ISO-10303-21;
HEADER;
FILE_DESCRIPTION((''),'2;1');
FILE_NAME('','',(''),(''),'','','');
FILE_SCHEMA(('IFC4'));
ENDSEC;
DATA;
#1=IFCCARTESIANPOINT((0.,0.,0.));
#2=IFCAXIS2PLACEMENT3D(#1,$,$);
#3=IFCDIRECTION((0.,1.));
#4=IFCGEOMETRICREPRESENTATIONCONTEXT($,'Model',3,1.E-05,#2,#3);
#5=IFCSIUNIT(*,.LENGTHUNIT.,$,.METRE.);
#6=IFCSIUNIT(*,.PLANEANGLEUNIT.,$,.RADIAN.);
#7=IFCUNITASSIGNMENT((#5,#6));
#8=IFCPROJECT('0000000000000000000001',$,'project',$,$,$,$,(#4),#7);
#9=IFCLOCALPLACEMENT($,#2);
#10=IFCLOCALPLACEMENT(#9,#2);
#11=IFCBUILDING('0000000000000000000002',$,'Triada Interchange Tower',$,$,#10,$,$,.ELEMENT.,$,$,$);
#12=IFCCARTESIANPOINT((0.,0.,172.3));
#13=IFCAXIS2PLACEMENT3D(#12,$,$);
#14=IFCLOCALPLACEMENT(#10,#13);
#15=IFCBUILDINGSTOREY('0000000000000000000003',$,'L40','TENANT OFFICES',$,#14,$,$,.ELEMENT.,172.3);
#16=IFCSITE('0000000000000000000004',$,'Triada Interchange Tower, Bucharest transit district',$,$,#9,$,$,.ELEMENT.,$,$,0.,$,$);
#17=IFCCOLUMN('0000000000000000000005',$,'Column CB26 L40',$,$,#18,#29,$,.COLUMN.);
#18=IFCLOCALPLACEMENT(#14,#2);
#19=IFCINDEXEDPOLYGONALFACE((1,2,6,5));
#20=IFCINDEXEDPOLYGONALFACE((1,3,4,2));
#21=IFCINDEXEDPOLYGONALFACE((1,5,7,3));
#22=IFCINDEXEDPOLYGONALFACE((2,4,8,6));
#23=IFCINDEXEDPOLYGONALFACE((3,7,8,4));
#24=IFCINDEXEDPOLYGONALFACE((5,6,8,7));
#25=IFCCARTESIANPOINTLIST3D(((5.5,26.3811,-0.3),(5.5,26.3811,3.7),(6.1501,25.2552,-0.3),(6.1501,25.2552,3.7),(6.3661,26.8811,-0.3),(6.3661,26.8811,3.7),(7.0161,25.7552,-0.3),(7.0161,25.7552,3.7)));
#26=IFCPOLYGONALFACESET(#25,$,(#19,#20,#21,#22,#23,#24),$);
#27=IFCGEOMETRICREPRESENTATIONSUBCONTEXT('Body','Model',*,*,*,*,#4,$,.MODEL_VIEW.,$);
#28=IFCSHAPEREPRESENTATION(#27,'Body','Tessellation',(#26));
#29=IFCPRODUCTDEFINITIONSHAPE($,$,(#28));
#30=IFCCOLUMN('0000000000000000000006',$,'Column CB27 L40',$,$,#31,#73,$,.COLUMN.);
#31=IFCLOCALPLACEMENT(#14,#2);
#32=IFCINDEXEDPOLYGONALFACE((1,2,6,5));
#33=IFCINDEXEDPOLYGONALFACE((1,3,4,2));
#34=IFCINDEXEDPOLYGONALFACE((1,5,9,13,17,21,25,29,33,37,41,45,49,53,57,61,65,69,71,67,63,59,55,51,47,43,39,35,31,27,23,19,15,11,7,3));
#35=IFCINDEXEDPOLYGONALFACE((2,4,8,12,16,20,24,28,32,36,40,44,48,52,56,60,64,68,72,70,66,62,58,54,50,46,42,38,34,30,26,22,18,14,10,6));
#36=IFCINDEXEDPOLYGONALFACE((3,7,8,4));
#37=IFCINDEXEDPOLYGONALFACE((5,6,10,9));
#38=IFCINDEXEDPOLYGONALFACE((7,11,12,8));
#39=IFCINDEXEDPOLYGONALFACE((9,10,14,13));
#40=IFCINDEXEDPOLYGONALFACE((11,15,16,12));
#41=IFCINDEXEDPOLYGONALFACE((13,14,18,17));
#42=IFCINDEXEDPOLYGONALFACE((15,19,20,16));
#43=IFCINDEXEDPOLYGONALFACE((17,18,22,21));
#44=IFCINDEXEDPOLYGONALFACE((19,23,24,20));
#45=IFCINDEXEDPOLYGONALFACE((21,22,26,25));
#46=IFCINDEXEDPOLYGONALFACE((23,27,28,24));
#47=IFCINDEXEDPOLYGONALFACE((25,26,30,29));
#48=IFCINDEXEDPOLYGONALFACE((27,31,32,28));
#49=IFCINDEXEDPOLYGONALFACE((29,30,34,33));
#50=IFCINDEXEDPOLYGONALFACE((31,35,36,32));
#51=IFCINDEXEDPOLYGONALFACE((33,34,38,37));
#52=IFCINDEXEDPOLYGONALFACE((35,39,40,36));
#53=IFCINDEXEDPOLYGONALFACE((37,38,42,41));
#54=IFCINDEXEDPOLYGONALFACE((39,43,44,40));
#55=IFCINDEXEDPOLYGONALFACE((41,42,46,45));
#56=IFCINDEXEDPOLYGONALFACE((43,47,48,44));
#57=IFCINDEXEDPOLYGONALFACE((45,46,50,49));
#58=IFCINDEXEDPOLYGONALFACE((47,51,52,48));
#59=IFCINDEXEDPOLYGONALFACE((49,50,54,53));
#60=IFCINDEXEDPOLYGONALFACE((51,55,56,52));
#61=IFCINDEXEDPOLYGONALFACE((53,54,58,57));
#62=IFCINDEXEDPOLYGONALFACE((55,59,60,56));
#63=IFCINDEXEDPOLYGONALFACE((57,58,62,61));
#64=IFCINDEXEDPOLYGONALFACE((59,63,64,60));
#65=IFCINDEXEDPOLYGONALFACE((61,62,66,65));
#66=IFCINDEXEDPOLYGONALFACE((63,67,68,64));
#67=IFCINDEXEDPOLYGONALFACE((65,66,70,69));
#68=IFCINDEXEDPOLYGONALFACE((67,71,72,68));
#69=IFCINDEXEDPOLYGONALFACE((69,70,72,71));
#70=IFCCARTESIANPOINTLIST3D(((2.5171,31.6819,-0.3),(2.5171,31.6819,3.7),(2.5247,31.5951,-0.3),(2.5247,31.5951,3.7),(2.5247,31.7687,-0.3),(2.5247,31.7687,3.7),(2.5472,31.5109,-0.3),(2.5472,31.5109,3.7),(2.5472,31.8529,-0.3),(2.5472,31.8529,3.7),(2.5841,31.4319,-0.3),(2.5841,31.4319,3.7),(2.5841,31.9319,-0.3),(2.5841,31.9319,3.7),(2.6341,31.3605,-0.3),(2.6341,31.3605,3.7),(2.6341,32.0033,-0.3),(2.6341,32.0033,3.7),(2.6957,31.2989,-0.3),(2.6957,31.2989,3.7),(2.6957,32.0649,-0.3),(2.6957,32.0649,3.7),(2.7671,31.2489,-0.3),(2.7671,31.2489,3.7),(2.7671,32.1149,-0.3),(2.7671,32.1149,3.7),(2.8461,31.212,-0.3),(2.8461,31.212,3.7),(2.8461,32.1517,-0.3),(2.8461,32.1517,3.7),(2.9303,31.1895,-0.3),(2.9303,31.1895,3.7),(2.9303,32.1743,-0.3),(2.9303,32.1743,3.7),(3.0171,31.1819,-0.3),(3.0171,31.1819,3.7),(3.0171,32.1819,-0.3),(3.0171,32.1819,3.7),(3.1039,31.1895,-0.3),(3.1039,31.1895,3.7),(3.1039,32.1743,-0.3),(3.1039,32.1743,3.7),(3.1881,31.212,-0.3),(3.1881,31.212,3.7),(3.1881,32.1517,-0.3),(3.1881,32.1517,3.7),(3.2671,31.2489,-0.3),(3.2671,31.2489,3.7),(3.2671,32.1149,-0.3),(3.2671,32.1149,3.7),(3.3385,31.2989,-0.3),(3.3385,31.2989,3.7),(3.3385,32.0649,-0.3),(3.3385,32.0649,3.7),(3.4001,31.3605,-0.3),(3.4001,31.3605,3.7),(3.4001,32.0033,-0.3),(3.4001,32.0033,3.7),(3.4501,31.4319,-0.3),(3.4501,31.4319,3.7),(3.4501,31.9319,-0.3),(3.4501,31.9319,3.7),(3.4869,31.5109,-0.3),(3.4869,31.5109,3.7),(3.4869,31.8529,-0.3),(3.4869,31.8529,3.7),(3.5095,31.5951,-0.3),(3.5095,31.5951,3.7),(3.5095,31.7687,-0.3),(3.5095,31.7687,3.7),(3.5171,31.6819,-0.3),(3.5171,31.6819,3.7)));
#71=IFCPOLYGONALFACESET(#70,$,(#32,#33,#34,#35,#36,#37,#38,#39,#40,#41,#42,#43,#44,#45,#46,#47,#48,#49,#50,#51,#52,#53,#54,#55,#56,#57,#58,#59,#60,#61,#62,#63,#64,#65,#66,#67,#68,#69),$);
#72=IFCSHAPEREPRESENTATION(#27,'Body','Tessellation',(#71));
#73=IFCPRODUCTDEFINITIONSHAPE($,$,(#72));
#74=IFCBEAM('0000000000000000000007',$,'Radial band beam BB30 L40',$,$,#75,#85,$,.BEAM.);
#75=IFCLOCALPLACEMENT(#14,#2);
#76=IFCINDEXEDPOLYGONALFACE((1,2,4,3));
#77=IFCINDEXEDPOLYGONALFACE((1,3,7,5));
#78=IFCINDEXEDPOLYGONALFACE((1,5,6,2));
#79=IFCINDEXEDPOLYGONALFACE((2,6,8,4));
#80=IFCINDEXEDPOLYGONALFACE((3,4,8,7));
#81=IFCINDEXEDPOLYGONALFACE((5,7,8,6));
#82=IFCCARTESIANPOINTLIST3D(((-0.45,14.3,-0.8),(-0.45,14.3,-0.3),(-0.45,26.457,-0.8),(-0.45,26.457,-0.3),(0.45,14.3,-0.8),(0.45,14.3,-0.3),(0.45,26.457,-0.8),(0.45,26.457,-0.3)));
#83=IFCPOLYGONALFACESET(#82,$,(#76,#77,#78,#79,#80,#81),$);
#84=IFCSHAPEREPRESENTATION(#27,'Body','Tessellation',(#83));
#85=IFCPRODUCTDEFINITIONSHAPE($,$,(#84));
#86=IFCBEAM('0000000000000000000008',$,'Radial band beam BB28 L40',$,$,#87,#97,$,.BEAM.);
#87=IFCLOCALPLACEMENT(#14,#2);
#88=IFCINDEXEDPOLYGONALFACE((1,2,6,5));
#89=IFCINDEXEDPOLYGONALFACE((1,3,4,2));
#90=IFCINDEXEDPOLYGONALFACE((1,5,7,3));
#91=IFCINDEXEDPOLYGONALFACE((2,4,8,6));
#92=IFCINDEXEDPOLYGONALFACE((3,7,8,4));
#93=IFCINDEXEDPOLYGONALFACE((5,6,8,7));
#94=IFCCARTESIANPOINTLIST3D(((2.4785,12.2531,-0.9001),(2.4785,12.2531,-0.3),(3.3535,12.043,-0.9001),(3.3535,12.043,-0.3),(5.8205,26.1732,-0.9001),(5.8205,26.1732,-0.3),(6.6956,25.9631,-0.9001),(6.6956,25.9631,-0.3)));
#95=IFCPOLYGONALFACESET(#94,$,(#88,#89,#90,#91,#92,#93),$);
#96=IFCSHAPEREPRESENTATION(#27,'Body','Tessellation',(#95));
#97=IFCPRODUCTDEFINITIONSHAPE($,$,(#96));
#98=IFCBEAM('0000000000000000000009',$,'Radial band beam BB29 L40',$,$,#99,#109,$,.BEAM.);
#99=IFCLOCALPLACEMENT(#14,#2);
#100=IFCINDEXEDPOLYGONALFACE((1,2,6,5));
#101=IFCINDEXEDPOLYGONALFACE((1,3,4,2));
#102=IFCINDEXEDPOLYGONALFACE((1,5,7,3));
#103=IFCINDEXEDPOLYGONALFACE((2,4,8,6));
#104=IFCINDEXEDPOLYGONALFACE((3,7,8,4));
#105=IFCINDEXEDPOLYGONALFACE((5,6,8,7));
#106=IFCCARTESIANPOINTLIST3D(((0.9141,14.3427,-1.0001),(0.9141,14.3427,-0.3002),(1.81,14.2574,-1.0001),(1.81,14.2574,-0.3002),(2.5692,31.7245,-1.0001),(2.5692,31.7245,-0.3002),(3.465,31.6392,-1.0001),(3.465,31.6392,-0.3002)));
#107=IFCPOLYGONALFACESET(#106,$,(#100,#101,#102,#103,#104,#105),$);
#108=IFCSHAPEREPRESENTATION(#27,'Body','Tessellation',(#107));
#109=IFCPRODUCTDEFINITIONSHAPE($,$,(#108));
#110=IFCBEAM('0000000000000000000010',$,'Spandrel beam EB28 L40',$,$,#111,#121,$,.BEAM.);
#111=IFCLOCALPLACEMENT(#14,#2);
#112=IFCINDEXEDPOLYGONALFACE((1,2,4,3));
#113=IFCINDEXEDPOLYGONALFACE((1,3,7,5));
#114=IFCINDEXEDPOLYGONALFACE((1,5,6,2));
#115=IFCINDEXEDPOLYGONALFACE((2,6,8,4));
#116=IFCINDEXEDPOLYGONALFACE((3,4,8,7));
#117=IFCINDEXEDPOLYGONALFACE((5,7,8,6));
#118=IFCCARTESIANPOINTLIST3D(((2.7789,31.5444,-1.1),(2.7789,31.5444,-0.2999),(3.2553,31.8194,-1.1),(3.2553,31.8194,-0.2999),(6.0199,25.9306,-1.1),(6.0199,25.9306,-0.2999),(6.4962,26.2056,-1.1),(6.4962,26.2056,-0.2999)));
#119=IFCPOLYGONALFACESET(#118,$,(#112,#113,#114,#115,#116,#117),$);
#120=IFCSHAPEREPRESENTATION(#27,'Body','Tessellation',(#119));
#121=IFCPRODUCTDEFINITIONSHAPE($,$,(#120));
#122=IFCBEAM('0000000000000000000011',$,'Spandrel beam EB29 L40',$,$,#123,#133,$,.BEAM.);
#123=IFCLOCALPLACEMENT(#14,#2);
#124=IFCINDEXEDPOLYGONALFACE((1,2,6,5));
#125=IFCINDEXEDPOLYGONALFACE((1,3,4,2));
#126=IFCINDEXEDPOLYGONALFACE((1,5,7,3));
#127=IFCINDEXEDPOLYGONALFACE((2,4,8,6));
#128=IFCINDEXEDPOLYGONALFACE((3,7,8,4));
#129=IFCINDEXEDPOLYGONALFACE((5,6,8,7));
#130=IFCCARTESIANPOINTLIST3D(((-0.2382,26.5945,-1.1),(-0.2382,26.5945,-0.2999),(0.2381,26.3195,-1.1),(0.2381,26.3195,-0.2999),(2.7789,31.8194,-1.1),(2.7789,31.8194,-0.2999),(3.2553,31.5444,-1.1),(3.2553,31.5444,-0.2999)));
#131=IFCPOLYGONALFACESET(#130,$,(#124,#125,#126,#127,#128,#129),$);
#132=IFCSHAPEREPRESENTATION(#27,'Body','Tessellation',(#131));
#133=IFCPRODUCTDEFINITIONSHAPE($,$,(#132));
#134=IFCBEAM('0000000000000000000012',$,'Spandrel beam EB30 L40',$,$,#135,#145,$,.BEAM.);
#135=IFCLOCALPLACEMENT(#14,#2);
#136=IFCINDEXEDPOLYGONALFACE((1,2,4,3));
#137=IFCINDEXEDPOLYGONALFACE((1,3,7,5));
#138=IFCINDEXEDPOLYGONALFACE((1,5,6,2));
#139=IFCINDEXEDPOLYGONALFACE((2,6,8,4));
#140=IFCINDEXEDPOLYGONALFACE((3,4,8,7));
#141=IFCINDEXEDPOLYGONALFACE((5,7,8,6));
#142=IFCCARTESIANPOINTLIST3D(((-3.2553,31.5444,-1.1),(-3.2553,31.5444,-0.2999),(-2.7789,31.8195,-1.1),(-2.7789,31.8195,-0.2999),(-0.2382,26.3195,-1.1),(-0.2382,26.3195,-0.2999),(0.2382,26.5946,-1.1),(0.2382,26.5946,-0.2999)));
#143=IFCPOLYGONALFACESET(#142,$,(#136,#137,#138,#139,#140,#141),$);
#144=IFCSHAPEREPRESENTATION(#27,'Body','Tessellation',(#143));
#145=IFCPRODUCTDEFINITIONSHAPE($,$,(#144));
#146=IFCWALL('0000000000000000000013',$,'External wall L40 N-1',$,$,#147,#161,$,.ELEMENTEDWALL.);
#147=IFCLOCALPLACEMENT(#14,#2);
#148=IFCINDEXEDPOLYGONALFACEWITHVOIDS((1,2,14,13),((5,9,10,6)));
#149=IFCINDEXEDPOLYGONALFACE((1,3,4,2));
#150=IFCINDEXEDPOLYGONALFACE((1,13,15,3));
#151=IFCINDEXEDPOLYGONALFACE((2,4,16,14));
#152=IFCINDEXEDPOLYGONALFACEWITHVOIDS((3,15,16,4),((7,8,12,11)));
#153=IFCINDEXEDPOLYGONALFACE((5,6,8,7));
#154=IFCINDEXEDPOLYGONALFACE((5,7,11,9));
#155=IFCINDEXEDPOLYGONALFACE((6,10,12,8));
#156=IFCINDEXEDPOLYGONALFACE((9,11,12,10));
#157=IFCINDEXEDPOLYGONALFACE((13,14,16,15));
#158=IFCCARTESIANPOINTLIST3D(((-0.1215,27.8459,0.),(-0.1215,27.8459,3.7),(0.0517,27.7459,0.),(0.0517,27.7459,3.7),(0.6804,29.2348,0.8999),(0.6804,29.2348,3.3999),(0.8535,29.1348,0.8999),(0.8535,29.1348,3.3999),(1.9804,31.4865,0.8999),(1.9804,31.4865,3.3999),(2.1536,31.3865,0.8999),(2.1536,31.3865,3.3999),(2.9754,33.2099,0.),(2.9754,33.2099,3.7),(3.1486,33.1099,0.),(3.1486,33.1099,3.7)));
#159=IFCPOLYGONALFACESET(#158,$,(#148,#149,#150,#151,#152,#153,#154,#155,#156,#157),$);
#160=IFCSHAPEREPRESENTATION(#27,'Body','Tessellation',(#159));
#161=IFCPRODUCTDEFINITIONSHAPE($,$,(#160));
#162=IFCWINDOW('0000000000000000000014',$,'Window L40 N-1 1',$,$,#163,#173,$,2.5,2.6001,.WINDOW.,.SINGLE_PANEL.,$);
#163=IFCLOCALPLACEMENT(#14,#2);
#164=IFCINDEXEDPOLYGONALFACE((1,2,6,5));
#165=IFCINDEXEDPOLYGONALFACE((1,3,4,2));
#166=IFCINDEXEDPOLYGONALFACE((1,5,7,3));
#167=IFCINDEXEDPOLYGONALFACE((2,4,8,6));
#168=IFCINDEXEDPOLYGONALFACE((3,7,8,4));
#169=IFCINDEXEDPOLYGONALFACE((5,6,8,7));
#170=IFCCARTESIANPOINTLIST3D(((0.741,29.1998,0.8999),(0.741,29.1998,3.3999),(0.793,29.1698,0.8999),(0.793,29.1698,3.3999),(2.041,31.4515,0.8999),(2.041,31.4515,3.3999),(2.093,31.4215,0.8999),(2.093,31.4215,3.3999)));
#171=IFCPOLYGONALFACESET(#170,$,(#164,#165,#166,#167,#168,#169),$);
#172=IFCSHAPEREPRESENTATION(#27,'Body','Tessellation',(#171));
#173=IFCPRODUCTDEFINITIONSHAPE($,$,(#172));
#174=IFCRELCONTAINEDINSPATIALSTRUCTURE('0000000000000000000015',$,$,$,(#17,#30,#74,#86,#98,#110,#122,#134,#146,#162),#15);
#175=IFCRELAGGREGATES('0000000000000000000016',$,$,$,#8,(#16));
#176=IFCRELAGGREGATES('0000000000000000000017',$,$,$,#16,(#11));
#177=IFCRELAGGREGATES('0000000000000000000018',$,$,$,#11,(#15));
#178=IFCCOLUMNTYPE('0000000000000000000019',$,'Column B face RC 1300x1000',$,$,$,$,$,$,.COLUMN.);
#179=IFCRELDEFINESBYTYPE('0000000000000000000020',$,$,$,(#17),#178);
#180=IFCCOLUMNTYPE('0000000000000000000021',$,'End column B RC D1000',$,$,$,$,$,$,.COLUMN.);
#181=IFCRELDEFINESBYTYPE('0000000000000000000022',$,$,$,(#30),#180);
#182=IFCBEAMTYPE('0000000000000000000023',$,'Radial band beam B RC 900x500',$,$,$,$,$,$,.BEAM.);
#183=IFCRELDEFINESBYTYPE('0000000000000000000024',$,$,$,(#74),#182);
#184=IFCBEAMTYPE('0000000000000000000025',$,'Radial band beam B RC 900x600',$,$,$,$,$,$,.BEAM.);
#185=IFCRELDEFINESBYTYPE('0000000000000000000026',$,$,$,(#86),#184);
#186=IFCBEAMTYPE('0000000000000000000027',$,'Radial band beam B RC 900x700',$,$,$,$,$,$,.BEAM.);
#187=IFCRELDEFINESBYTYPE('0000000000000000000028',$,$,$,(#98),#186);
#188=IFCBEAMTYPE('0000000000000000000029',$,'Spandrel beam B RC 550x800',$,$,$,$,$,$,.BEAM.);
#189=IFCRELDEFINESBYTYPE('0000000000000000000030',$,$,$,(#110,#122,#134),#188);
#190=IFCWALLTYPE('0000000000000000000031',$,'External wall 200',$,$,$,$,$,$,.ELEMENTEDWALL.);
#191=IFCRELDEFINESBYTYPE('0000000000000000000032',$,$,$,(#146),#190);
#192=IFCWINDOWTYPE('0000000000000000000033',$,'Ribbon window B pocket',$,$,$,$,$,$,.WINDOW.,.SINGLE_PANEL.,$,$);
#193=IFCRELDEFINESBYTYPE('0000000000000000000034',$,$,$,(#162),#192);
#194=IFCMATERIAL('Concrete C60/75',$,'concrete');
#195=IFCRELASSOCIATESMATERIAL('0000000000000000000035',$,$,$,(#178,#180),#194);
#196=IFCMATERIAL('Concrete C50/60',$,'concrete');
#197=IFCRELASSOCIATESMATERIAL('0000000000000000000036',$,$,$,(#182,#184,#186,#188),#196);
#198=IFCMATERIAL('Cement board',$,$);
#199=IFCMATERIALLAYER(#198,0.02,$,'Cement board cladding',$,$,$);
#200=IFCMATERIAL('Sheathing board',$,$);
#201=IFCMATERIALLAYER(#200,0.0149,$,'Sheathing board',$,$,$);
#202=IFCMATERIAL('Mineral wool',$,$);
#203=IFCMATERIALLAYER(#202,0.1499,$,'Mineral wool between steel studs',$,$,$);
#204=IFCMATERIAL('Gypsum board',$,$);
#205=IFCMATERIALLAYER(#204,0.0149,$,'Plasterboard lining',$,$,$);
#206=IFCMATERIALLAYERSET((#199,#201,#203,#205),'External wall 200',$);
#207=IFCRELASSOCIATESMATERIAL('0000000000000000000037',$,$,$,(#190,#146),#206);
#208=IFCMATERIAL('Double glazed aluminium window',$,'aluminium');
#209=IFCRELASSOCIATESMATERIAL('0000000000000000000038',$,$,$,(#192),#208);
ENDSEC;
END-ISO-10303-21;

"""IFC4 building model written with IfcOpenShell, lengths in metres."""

from ifc_helpers import new_model, si_unit, direction, frame, frame_2d, origin, origin_2d, place, context, subcontext, project, spatial, rectangle, circle, extrude, material, layer, layer_set, layer_usage, material_profile, profile_set, type_object, element, fill, save


model = new_model("IFC4")

# Units and contexts
model_context = context("Model", 3, precision=1e-05, world=origin(), true_north=direction((0.0, 1.0)))
body_context = subcontext(model_context, "Body", "Model", "MODEL_VIEW")
ifc_project = project(units=[si_unit("LENGTHUNIT", "METRE"), si_unit("PLANEANGLEUNIT", "RADIAN")], contexts=[model_context])

# Site, building, storey
site_placement = place(None, origin())
site = spatial("IfcSite", under=ifc_project, at=site_placement, Name="Triada Interchange Tower, Bucharest transit district", CompositionType="ELEMENT", RefElevation=0.0)
building_placement = place(site_placement, origin())
building = spatial("IfcBuilding", under=site, at=building_placement, Name="Triada Interchange Tower", CompositionType="ELEMENT")
storey_placement = place(building_placement, frame((0.0, 0.0, 172.3)))
storey = spatial("IfcBuildingStorey", under=building, at=storey_placement, Name="L40", Description="TENANT OFFICES", CompositionType="ELEMENT", Elevation=172.3)

# Columns
ifc_material_1 = material(Name="Concrete C60/75", Category="concrete")
ifc_material_profile_1 = material_profile(ifc_material_1, rectangle(XDim=1.3, YDim=1.0, at=origin_2d()), Name="RC 1300x1000")
ifc_profile_set_1 = profile_set([ifc_material_profile_1], Name="Concrete C60/75")
column_type_1 = type_object("IfcColumnType", Name="Column B face RC 1300x1000", PredefinedType="COLUMN", material=ifc_profile_set_1)
column_1_placement = place(storey_placement, frame((6.2581, 26.0681, -0.3), z_axis=(0.0, 0.0, 1.0), x_axis=(-0.5, 0.866025, 0.0)))
element("IfcColumn", 1, at=column_1_placement, inside=storey, type_object=column_type_1, Name="Column CB26 L40", PredefinedType="COLUMN", context=body_context, shape_type="SweptSolid", body=[
    extrude(rectangle(XDim=1.3, YDim=1.0, at=origin_2d()), origin(), (0.0, 0.0, 1.0), 4.0),
])
ifc_material_profile_2 = material_profile(ifc_material_1, circle(Radius=0.5, at=origin_2d()), Name="RC D1000")
ifc_profile_set_2 = profile_set([ifc_material_profile_2], Name="Concrete C60/75")
column_type_2 = type_object("IfcColumnType", Name="End column B RC D1000", PredefinedType="COLUMN", material=ifc_profile_set_2)
column_2_placement = place(storey_placement, frame((3.0171, 31.6819, -0.3), z_axis=(0.0, 0.0, 1.0), x_axis=(-0.5, 0.866025, 0.0)))
element("IfcColumn", 2, at=column_2_placement, inside=storey, type_object=column_type_2, Name="Column CB27 L40", PredefinedType="COLUMN", context=body_context, shape_type="SweptSolid", body=[
    extrude(circle(Radius=0.5, at=origin_2d()), origin(), (0.0, 0.0, 1.0), 4.0),
])

# Beams
ifc_material_2 = material(Name="Concrete C50/60", Category="concrete")
ifc_material_profile_3 = material_profile(ifc_material_2, rectangle(XDim=0.8999, YDim=0.5, at=origin_2d()), Name="RC 900x500")
ifc_profile_set_3 = profile_set([ifc_material_profile_3], Name="Concrete C50/60")
beam_type_1 = type_object("IfcBeamType", Name="Radial band beam B RC 900x500", PredefinedType="BEAM", material=ifc_profile_set_3)
beam_1_placement = place(storey_placement, frame((0.0, 26.457, -0.55), z_axis=(0.0, -1.0, 0.0), x_axis=(1.0, 0.0, 0.0)))
element("IfcBeam", 3, at=beam_1_placement, inside=storey, type_object=beam_type_1, Name="Radial band beam BB30 L40", PredefinedType="BEAM", context=body_context, shape_type="SweptSolid", body=[
    extrude(rectangle(XDim=0.8999, YDim=0.5, at=origin_2d()), origin(), (0.0, 0.0, 1.0), 12.157),
])
ifc_material_profile_4 = material_profile(ifc_material_2, rectangle(XDim=0.8999, YDim=0.6001, at=origin_2d()), Name="RC 900x600")
ifc_profile_set_4 = profile_set([ifc_material_profile_4], Name="Concrete C50/60")
beam_type_2 = type_object("IfcBeamType", Name="Radial band beam B RC 900x600", PredefinedType="BEAM", material=ifc_profile_set_4)
beam_2_placement = place(storey_placement, frame((6.2581, 26.0681, -0.6001), z_axis=(-0.233452, -0.972368, 0.0), x_axis=(0.972368, -0.233452, 0.0)))
element("IfcBeam", 4, at=beam_2_placement, inside=storey, type_object=beam_type_2, Name="Radial band beam BB28 L40", PredefinedType="BEAM", context=body_context, shape_type="SweptSolid", body=[
    extrude(rectangle(XDim=0.8999, YDim=0.6001, at=origin_2d()), origin(), (0.0, 0.0, 1.0), 14.3157),
])
ifc_material_profile_5 = material_profile(ifc_material_2, rectangle(XDim=0.8999, YDim=0.7, at=origin_2d()), Name="RC 900x700")
ifc_profile_set_5 = profile_set([ifc_material_profile_5], Name="Concrete C50/60")
beam_type_3 = type_object("IfcBeamType", Name="Radial band beam B RC 900x700", PredefinedType="BEAM", material=ifc_profile_set_5)
beam_3_placement = place(storey_placement, frame((3.0171, 31.6819, -0.6501), z_axis=(-0.094787, -0.995498, 0.0), x_axis=(0.995498, -0.094787, 0.0)))
element("IfcBeam", 5, at=beam_3_placement, inside=storey, type_object=beam_type_3, Name="Radial band beam BB29 L40", PredefinedType="BEAM", context=body_context, shape_type="SweptSolid", body=[
    extrude(rectangle(XDim=0.8999, YDim=0.7, at=origin_2d()), origin(), (0.0, 0.0, 1.0), 17.4604),
])
ifc_material_profile_6 = material_profile(ifc_material_2, rectangle(XDim=0.55, YDim=0.8, at=origin_2d()), Name="RC 550x800")
ifc_profile_set_6 = profile_set([ifc_material_profile_6], Name="Concrete C50/60")
beam_type_4 = type_object("IfcBeamType", Name="Spandrel beam B RC 550x800", PredefinedType="BEAM", material=ifc_profile_set_6)
beam_4_placement = place(storey_placement, frame((6.2581, 26.0681, -0.7), z_axis=(-0.499983, 0.866035, 0.0), x_axis=(-0.866035, -0.499983, 0.0)))
element("IfcBeam", 6, at=beam_4_placement, inside=storey, type_object=beam_type_4, Name="Spandrel beam EB28 L40", PredefinedType="BEAM", context=body_context, shape_type="SweptSolid", body=[
    extrude(rectangle(XDim=0.55, YDim=0.8, at=origin_2d()), origin(), (0.0, 0.0, 1.0), 6.4822),
])
for number, where, z_axis, x_axis, name in (
    (7, (3.0171, 31.6819, -0.7), (-0.500065, -0.865988, 0.0), (0.865988, -0.500065, 0.0), "Spandrel beam EB29 L40"),
    (8, (0.0, 26.457, -0.7), (-0.500065, 0.865988, 0.0), (-0.865988, -0.500065, 0.0), "Spandrel beam EB30 L40"),
):
    element("IfcBeam", number, at=place(storey_placement, frame(where, z_axis=z_axis, x_axis=x_axis)), inside=storey, type_object=beam_type_4, Name=name, PredefinedType="BEAM", context=body_context, shape_type="SweptSolid", body=[
        extrude(rectangle(XDim=0.55, YDim=0.8, at=origin_2d()), origin(), (0.0, 0.0, 1.0), 6.0334),
    ])

# Wall, opening, window
ifc_material_3 = material(Name="Cement board")
ifc_layer_1 = layer(ifc_material_3, 0.02, Name="Cement board cladding")
ifc_material_4 = material(Name="Sheathing board")
ifc_layer_2 = layer(ifc_material_4, 0.0149, Name="Sheathing board")
ifc_material_5 = material(Name="Mineral wool")
ifc_layer_3 = layer(ifc_material_5, 0.1499, Name="Mineral wool between steel studs")
ifc_material_6 = material(Name="Gypsum board")
ifc_layer_4 = layer(ifc_material_6, 0.0149, Name="Plasterboard lining")
ifc_layer_set_1 = layer_set([ifc_layer_1, ifc_layer_2, ifc_layer_3, ifc_layer_4], Name="External wall 200")
ifc_layer_usage = layer_usage(ifc_layer_set_1, "AXIS2", "POSITIVE", -0.1001)
wall_type_1 = type_object("IfcWallType", Name="External wall 200", PredefinedType="ELEMENTEDWALL", material=ifc_layer_set_1)
wall_1_placement = place(storey_placement, frame((3.062, 33.1599, 0.0), z_axis=(0.0, 0.0, 1.0), x_axis=(-0.500001, -0.866025, 0.0)))
wall_1 = element("IfcWall", 9, at=wall_1_placement, inside=storey, type_object=wall_type_1, material=ifc_layer_usage, Name="External wall L40 N-1", PredefinedType="ELEMENTEDWALL", context=body_context, shape_type="SweptSolid", body=[
    extrude(rectangle(XDim=6.1938, YDim=0.2, at=frame_2d((3.0969, 0.0))), origin(), (0.0, 0.0, 1.0), 3.7),
])
opening_1_placement = place(wall_1_placement, frame((1.99, 0.0, 0.8999)))
opening_1 = element("IfcOpeningElement", 10, at=opening_1_placement, cuts=wall_1, PredefinedType="OPENING", context=body_context, shape_type="SweptSolid", body=[
    extrude(rectangle(XDim=2.6001, YDim=2.5, at=frame_2d((1.3, 1.25))), frame((0.0, 0.1099, 0.0), z_axis=(0.0, -1.0, 0.0), x_axis=(1.0, 0.0, 0.0)), (0.0, 0.0, 1.0), 0.22),
])
ifc_material_7 = material(Name="Double glazed aluminium window", Category="aluminium")
window_type = type_object("IfcWindowType", Name="Ribbon window B pocket", PartitioningType="SINGLE_PANEL", PredefinedType="WINDOW", material=ifc_material_7)
window_1_placement = place(opening_1_placement, origin())
window_1 = element("IfcWindow", 11, at=window_1_placement, inside=storey, type_object=window_type, Name="Window L40 N-1 1", OverallHeight=2.5, OverallWidth=2.6001, PartitioningType="SINGLE_PANEL", PredefinedType="WINDOW", context=body_context, shape_type="SweptSolid", body=[
    extrude(rectangle(XDim=2.6001, YDim=2.5, at=frame_2d((1.3, 1.25))), frame((0.0, 0.03, 0.0), z_axis=(0.0, -1.0, 0.0), x_axis=(1.0, 0.0, 0.0)), (0.0, 0.0, 1.0), 0.0601),
])
fill(opening_1, window_1)

save(model, "model.ifc")
